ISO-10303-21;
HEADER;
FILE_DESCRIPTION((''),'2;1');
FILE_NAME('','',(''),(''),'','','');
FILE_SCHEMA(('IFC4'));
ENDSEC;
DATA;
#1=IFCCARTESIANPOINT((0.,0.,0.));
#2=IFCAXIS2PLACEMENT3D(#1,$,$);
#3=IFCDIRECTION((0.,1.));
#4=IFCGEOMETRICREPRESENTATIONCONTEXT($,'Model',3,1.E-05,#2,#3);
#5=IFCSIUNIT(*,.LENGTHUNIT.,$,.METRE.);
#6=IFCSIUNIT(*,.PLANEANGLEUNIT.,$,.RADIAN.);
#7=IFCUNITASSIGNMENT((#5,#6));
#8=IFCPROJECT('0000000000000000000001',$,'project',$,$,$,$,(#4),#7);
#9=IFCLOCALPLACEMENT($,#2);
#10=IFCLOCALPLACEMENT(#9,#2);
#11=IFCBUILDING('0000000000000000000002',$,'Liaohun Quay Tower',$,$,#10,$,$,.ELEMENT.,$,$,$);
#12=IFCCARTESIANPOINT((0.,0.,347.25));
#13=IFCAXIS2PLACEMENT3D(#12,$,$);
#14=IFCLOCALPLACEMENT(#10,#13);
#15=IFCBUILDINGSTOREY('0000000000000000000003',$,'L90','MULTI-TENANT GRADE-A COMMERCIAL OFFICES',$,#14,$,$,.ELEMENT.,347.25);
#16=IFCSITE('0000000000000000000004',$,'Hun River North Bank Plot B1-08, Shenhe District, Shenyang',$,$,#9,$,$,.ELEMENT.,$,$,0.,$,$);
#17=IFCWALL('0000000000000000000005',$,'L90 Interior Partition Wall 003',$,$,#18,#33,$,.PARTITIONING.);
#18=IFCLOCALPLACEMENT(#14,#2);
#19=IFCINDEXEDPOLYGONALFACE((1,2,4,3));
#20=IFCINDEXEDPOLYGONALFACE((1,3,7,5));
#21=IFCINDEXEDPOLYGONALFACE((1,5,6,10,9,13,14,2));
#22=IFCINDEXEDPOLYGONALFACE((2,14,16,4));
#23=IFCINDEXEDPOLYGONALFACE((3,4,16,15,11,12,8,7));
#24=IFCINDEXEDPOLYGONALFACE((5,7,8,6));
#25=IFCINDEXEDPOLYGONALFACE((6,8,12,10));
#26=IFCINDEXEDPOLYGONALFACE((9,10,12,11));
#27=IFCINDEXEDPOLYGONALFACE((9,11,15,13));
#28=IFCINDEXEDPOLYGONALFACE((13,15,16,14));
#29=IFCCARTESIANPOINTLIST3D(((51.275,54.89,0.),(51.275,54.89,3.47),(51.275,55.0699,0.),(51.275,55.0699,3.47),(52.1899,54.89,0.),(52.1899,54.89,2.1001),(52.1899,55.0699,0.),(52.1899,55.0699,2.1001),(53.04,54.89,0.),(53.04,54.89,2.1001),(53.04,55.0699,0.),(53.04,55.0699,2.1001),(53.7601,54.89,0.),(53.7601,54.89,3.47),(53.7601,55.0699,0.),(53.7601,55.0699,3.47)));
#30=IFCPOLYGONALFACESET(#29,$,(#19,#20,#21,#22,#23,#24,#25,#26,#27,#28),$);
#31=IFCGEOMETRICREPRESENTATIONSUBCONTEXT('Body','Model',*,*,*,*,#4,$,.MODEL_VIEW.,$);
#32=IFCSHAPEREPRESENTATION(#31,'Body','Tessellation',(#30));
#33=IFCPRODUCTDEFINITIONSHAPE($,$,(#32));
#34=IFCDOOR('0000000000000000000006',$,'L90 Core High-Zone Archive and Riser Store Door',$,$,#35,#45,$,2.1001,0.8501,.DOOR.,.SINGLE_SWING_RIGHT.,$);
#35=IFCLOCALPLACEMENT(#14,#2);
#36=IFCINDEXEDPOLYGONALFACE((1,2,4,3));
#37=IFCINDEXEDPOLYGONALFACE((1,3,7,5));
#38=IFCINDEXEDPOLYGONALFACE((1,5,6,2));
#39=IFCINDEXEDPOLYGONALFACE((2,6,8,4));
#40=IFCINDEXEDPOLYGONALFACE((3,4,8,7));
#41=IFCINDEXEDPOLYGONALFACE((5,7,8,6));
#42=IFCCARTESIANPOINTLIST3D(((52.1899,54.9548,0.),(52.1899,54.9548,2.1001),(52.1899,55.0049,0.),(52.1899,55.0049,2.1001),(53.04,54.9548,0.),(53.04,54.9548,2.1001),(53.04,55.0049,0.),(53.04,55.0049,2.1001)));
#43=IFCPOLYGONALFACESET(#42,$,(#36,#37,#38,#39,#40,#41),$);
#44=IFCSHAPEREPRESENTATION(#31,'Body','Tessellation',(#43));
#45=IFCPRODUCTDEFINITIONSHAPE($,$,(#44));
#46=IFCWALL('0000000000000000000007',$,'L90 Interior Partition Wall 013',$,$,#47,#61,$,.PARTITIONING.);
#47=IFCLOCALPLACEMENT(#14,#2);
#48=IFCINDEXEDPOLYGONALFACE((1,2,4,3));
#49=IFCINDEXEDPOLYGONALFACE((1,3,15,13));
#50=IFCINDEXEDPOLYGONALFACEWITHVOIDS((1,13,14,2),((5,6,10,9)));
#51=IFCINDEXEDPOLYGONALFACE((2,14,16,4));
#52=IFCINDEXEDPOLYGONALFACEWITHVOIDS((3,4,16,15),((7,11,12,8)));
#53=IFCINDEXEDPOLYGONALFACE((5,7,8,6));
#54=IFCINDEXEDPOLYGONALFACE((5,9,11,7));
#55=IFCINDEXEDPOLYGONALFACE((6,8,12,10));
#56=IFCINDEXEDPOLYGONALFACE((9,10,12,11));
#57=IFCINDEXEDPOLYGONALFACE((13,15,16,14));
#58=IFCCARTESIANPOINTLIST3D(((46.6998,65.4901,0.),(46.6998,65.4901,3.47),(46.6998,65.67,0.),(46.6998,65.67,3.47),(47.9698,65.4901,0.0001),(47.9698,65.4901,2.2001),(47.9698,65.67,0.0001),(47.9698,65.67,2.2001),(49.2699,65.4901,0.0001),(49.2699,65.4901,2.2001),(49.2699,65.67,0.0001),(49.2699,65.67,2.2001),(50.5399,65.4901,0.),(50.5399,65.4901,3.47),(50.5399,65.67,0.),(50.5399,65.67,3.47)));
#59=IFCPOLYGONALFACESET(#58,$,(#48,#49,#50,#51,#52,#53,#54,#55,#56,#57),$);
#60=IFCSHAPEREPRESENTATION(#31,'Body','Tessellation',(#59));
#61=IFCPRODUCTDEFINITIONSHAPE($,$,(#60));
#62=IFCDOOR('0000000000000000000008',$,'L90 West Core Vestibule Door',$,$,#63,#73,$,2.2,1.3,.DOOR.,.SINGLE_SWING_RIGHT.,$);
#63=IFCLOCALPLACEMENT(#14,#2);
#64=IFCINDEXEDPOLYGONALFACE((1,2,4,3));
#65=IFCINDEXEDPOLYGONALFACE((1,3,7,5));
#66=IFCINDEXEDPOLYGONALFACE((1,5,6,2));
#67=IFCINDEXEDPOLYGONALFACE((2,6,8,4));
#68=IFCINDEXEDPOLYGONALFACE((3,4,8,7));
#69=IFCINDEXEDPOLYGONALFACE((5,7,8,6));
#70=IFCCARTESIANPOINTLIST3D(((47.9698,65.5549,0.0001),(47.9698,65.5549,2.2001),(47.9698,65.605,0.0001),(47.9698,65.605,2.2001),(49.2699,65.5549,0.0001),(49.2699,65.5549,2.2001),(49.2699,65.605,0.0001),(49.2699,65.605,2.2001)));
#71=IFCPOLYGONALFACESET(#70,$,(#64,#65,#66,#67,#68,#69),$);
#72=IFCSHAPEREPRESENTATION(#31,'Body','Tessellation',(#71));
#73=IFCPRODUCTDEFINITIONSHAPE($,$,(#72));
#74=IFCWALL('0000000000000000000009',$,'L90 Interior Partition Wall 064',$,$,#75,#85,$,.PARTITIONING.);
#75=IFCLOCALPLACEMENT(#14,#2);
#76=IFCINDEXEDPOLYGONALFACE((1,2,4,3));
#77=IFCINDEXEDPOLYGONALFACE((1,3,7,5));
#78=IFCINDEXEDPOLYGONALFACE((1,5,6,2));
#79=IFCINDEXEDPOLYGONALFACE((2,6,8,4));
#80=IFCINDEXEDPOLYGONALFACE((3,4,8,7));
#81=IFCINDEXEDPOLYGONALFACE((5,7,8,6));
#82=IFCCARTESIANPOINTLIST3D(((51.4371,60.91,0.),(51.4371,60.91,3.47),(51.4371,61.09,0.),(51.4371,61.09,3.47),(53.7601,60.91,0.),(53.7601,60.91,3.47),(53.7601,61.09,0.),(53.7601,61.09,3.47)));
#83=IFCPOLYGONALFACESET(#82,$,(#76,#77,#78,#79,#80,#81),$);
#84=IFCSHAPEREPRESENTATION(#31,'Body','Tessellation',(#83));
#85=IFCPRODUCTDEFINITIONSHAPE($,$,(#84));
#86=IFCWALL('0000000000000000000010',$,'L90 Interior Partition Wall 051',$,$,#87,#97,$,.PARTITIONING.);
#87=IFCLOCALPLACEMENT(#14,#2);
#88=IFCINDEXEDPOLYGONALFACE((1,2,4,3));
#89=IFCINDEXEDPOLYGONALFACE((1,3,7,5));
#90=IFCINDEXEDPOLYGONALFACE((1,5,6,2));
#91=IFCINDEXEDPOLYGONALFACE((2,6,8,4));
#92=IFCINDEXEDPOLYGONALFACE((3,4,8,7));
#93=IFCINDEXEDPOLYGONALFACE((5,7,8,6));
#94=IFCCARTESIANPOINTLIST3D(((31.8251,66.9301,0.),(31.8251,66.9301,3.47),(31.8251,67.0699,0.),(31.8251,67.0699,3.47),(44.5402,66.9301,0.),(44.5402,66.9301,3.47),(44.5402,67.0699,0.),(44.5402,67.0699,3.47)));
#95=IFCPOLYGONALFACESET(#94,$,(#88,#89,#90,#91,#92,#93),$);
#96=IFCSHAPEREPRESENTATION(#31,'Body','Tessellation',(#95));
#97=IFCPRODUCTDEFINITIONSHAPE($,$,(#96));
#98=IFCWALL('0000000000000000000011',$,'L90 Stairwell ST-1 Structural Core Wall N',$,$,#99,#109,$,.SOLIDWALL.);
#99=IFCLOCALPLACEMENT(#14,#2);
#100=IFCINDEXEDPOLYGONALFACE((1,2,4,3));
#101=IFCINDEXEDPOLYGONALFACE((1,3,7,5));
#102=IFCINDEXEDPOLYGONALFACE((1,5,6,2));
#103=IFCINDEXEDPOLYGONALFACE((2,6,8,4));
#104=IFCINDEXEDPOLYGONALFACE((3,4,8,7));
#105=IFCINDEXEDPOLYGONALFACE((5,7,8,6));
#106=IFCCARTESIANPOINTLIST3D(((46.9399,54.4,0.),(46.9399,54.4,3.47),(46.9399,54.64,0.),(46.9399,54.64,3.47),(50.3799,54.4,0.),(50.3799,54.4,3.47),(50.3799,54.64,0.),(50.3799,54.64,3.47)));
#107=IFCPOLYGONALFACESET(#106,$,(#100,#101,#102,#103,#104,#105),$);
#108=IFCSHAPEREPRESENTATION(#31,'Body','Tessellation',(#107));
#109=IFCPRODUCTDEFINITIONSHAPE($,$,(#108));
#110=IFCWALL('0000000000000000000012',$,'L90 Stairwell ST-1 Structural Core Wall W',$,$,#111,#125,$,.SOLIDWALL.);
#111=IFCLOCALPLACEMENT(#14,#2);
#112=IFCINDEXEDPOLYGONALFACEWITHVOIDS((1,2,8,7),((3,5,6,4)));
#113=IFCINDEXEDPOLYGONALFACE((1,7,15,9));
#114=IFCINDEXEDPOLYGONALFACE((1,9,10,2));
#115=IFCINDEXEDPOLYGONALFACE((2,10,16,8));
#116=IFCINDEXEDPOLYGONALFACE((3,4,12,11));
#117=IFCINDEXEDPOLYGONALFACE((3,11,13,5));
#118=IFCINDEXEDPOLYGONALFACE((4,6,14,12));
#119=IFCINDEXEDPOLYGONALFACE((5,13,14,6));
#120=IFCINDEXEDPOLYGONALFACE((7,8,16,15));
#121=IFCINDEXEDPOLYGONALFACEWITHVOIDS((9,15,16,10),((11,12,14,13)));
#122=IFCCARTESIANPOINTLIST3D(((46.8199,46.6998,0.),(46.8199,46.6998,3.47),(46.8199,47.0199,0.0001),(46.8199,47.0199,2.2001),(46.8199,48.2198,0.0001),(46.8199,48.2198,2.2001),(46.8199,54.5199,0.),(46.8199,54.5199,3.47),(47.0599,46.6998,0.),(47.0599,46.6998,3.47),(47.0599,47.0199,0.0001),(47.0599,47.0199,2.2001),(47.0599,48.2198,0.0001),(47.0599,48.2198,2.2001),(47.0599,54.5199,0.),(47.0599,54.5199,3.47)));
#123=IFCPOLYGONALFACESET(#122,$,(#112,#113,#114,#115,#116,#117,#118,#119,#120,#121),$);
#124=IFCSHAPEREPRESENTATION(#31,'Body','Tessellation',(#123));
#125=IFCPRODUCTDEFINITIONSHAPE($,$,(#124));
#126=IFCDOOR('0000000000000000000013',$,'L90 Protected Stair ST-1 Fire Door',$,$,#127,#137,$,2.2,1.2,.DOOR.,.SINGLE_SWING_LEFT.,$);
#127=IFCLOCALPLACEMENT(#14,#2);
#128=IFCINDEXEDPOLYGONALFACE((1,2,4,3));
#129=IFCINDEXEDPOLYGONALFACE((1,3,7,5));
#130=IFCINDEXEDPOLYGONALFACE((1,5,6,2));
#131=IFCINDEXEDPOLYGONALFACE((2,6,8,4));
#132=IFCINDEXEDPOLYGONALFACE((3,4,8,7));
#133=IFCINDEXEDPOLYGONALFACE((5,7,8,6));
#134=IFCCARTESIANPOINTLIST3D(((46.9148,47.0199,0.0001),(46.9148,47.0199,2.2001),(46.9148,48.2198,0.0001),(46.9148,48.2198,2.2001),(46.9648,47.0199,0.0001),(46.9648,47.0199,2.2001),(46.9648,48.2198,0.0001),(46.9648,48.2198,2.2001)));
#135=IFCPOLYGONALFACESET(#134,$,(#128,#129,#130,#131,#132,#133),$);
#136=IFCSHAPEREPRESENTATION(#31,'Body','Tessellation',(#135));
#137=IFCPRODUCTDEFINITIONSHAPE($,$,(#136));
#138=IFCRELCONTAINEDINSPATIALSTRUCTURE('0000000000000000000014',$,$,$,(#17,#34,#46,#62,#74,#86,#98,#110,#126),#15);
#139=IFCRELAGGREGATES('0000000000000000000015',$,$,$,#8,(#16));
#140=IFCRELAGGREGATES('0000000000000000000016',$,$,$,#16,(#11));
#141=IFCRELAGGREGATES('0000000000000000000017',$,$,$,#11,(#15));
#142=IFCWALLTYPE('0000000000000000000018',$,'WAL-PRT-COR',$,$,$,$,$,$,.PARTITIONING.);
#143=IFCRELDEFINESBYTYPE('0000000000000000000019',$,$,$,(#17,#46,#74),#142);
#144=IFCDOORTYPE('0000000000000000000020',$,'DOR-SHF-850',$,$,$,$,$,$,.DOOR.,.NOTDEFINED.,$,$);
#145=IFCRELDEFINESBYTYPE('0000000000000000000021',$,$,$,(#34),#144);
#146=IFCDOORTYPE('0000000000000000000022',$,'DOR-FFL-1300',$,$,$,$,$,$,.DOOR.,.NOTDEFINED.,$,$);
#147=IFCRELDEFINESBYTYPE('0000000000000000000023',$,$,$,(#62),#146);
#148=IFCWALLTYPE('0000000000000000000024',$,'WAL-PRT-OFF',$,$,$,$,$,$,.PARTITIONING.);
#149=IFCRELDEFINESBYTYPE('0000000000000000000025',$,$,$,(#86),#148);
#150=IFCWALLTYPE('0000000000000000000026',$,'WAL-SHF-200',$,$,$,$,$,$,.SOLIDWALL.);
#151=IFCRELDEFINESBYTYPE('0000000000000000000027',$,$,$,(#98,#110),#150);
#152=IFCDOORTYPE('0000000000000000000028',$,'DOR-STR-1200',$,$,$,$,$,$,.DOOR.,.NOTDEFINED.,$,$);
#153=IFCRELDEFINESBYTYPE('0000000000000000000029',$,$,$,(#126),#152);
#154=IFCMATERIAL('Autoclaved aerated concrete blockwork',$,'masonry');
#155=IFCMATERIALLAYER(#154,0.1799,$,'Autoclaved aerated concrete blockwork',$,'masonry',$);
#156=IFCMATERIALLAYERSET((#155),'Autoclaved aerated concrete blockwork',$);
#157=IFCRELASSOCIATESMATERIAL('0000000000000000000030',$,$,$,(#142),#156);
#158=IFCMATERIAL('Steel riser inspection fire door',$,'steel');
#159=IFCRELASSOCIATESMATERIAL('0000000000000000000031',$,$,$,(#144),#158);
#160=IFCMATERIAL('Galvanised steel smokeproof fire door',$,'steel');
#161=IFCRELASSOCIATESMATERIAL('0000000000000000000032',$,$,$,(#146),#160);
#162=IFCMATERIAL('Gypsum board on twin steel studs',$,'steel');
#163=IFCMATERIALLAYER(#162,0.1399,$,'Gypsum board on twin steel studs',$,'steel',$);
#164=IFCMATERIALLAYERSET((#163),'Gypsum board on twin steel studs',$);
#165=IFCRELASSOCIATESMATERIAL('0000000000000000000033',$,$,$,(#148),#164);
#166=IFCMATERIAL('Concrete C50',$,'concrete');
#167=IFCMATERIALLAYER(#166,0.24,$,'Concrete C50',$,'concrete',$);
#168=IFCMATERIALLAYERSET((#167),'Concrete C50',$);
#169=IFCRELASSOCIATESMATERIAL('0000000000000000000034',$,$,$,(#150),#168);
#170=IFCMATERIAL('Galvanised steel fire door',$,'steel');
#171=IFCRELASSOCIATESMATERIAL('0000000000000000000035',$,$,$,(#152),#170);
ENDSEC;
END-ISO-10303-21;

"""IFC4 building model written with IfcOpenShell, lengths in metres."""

from ifc_helpers import new_model, si_unit, direction, frame, frame_2d, origin, place, context, subcontext, project, spatial, rectangle, extrude, source, transform, mapped, material, layer, layer_set, type_object, element, fill, save


model = new_model("IFC4")

# Units and contexts
model_context = context("Model", 3, precision=1e-05, world=origin(), true_north=direction((0.0, 1.0)))
body_context = subcontext(model_context, "Body", "Model", "MODEL_VIEW")
ifc_project = project(units=[si_unit("LENGTHUNIT", "METRE"), si_unit("PLANEANGLEUNIT", "RADIAN")], contexts=[model_context])

# Site, building, storey
site_placement = place(None, origin())
site = spatial("IfcSite", under=ifc_project, at=site_placement, Name="Hun River North Bank Plot B1-08, Shenhe District, Shenyang", CompositionType="ELEMENT", RefElevation=0.0)
building_placement = place(site_placement, origin())
building = spatial("IfcBuilding", under=site, at=building_placement, Name="Liaohun Quay Tower", CompositionType="ELEMENT")
storey_placement = place(building_placement, frame((0.0, 0.0, 347.25)))
storey = spatial("IfcBuildingStorey", under=building, at=storey_placement, Name="L90", Description="MULTI-TENANT GRADE-A COMMERCIAL OFFICES", CompositionType="ELEMENT", Elevation=347.25)

# Shared definitions
ifc_material_1 = material(Name="Concrete C50", Category="concrete")

# Walls, openings, doors
ifc_material_2 = material(Name="Autoclaved aerated concrete blockwork", Category="masonry")
ifc_layer_1 = layer(ifc_material_2, 0.1799, Name="Autoclaved aerated concrete blockwork", Category="masonry")
ifc_layer_set_1 = layer_set([ifc_layer_1], Name="Autoclaved aerated concrete blockwork")
wall_type_1 = type_object("IfcWallType", Name="WAL-PRT-COR", PredefinedType="PARTITIONING", material=ifc_layer_set_1)
wall_1_placement = place(storey_placement, frame((51.2749, 54.98, 0.0), z_axis=(0.0, 0.0, 1.0), x_axis=(1.0, 0.0, 0.0)))
wall_1 = element("IfcWall", 1, at=wall_1_placement, inside=storey, type_object=wall_type_1, Name="L90 Interior Partition Wall 003", PredefinedType="PARTITIONING", context=body_context, shape_type="SweptSolid", body=[
    extrude(rectangle(XDim=2.4851, YDim=0.1799, at=frame_2d((1.2427, 0.0))), origin(), (0.0, 0.0, 1.0), 3.47),
])
shared_shape_1 = source(origin(), body_context, "Body", "SweptSolid", [
    extrude(rectangle(XDim=0.8501, YDim=2.1001, at=frame_2d((0.425, 1.05))), frame((0.0, 0.0999, 0.0), z_axis=(0.0, -1.0, 0.0), x_axis=(1.0, 0.0, 0.0)), (0.0, 0.0, 1.0), 0.2),
])
opening_1_placement = place(wall_1_placement, frame((0.915, 0.0, 0.0)))
opening_1 = element("IfcOpeningElement", 2, at=opening_1_placement, cuts=wall_1, PredefinedType="OPENING", context=body_context, shape_type="MappedRepresentation", body=[
    mapped(shared_shape_1, transform((0.0, 0.0, 0.0), x_axis=(1.0, 0.0, 0.0), y_axis=(0.0, 1.0, 0.0), z_axis=(0.0, 0.0, 1.0), scale=1.0)),
])
ifc_material_3 = material(Name="Steel riser inspection fire door", Category="steel")
door_type_1 = type_object("IfcDoorType", Name="DOR-SHF-850", OperationType="NOTDEFINED", PredefinedType="DOOR", material=ifc_material_3)
shared_shape_2 = source(origin(), body_context, "Body", "SweptSolid", [
    extrude(rectangle(XDim=0.8501, YDim=2.1001, at=frame_2d((0.425, 1.05))), frame((0.0, 0.0249, 0.0), z_axis=(0.0, -1.0, 0.0), x_axis=(1.0, 0.0, 0.0)), (0.0, 0.0, 1.0), 0.05),
])
door_1_placement = place(opening_1_placement, origin())
door_1 = element("IfcDoor", 3, at=door_1_placement, inside=storey, type_object=door_type_1, Name="L90 Core High-Zone Archive and Riser Store Door", OperationType="SINGLE_SWING_RIGHT", OverallHeight=2.1001, OverallWidth=0.8501, PredefinedType="DOOR", context=body_context, shape_type="MappedRepresentation", body=[
    mapped(shared_shape_2, transform((0.0, 0.0, 0.0), x_axis=(1.0, 0.0, 0.0), y_axis=(0.0, 1.0, 0.0), z_axis=(0.0, 0.0, 1.0), scale=1.0)),
])
fill(opening_1, door_1)
wall_2_placement = place(storey_placement, frame((46.7, 65.5801, 0.0), z_axis=(0.0, 0.0, 1.0), x_axis=(1.0, 0.0, 0.0)))
wall_2 = element("IfcWall", 4, at=wall_2_placement, inside=storey, type_object=wall_type_1, Name="L90 Interior Partition Wall 013", PredefinedType="PARTITIONING", context=body_context, shape_type="SweptSolid", body=[
    extrude(rectangle(XDim=3.8401, YDim=0.1799, at=frame_2d((1.9199, 0.0))), origin(), (0.0, 0.0, 1.0), 3.47),
])
shared_shape_3 = source(origin(), body_context, "Body", "SweptSolid", [
    extrude(rectangle(XDim=1.3, YDim=2.2, at=frame_2d((0.6499, 1.1001))), frame((0.0, 0.0999, 0.0), z_axis=(0.0, -1.0, 0.0), x_axis=(1.0, 0.0, 0.0)), (0.0, 0.0, 1.0), 0.2),
])
opening_2_placement = place(wall_2_placement, frame((1.27, 0.0, 0.0)))
opening_2 = element("IfcOpeningElement", 5, at=opening_2_placement, cuts=wall_2, PredefinedType="OPENING", context=body_context, shape_type="MappedRepresentation", body=[
    mapped(shared_shape_3, transform((0.0, 0.0, 0.0), x_axis=(1.0, 0.0, 0.0), y_axis=(0.0, 1.0, 0.0), z_axis=(0.0, 0.0, 1.0), scale=1.0)),
])
ifc_material_4 = material(Name="Galvanised steel smokeproof fire door", Category="steel")
door_type_2 = type_object("IfcDoorType", Name="DOR-FFL-1300", OperationType="NOTDEFINED", PredefinedType="DOOR", material=ifc_material_4)
shared_shape_4 = source(origin(), body_context, "Body", "SweptSolid", [
    extrude(rectangle(XDim=1.3, YDim=2.2, at=frame_2d((0.6499, 1.1001))), frame((0.0, 0.0249, 0.0), z_axis=(0.0, -1.0, 0.0), x_axis=(1.0, 0.0, 0.0)), (0.0, 0.0, 1.0), 0.05),
])
door_2_placement = place(opening_2_placement, origin())
door_2 = element("IfcDoor", 6, at=door_2_placement, inside=storey, type_object=door_type_2, Name="L90 West Core Vestibule Door", OperationType="SINGLE_SWING_RIGHT", OverallHeight=2.2, OverallWidth=1.3, PredefinedType="DOOR", context=body_context, shape_type="MappedRepresentation", body=[
    mapped(shared_shape_4, transform((0.0, 0.0, 0.0), x_axis=(1.0, 0.0, 0.0), y_axis=(0.0, 1.0, 0.0), z_axis=(0.0, 0.0, 1.0), scale=1.0)),
])
fill(opening_2, door_2)

# Walls
wall_3_placement = place(storey_placement, frame((51.437, 61.0, 0.0), z_axis=(0.0, 0.0, 1.0), x_axis=(1.0, 0.0, 0.0)))
element("IfcWall", 7, at=wall_3_placement, inside=storey, type_object=wall_type_1, Name="L90 Interior Partition Wall 064", PredefinedType="PARTITIONING", context=body_context, shape_type="SweptSolid", body=[
    extrude(rectangle(XDim=2.323, YDim=0.1799, at=frame_2d((1.1616, 0.0))), origin(), (0.0, 0.0, 1.0), 3.47),
])
ifc_material_5 = material(Name="Gypsum board on twin steel studs", Category="steel")
ifc_layer_2 = layer(ifc_material_5, 0.1399, Name="Gypsum board on twin steel studs", Category="steel")
ifc_layer_set_2 = layer_set([ifc_layer_2], Name="Gypsum board on twin steel studs")
wall_type_2 = type_object("IfcWallType", Name="WAL-PRT-OFF", PredefinedType="PARTITIONING", material=ifc_layer_set_2)
wall_4_placement = place(storey_placement, frame((44.54, 67.0, 0.0), z_axis=(0.0, 0.0, 1.0), x_axis=(-1.0, 0.0, 0.0)))
element("IfcWall", 8, at=wall_4_placement, inside=storey, type_object=wall_type_2, Name="L90 Interior Partition Wall 051", PredefinedType="PARTITIONING", context=body_context, shape_type="SweptSolid", body=[
    extrude(rectangle(XDim=12.7151, YDim=0.1399, at=frame_2d((6.3574, 0.0))), origin(), (0.0, 0.0, 1.0), 3.47),
])
ifc_layer_3 = layer(ifc_material_1, 0.24, Name="Concrete C50", Category="concrete")
ifc_layer_set_3 = layer_set([ifc_layer_3], Name="Concrete C50")
wall_type_3 = type_object("IfcWallType", Name="WAL-SHF-200", PredefinedType="SOLIDWALL", material=ifc_layer_set_3)
wall_5_placement = place(storey_placement, frame((50.3799, 54.52, 0.0), z_axis=(0.0, 0.0, 1.0), x_axis=(-1.0, 0.0, 0.0)))
element("IfcWall", 9, at=wall_5_placement, inside=storey, type_object=wall_type_3, Name="L90 Stairwell ST-1 Structural Core Wall N", PredefinedType="SOLIDWALL", context=body_context, shape_type="SweptSolid", body=[
    extrude(rectangle(XDim=3.4399, YDim=0.24, at=frame_2d((1.72, 0.0))), origin(), (0.0, 0.0, 1.0), 3.47),
])

# Wall, opening, door
wall_6_placement = place(storey_placement, frame((46.9399, 54.52, 0.0), z_axis=(0.0, 0.0, 1.0), x_axis=(0.0, -1.0, 0.0)))
wall_6 = element("IfcWall", 10, at=wall_6_placement, inside=storey, type_object=wall_type_3, Name="L90 Stairwell ST-1 Structural Core Wall W", PredefinedType="SOLIDWALL", context=body_context, shape_type="SweptSolid", body=[
    extrude(rectangle(XDim=7.8201, YDim=0.24, at=frame_2d((3.9102, 0.0))), origin(), (0.0, 0.0, 1.0), 3.47),
])
shared_shape_5 = source(origin(), body_context, "Body", "SweptSolid", [
    extrude(rectangle(XDim=1.2, YDim=2.2, at=frame_2d((0.6001, 1.1001))), frame((0.0, 0.1299, 0.0), z_axis=(0.0, -1.0, 0.0), x_axis=(1.0, 0.0, 0.0)), (0.0, 0.0, 1.0), 0.26),
])
opening_3_placement = place(wall_6_placement, frame((6.3, 0.0, 0.0)))
opening_3 = element("IfcOpeningElement", 11, at=opening_3_placement, cuts=wall_6, PredefinedType="OPENING", context=body_context, shape_type="MappedRepresentation", body=[
    mapped(shared_shape_5, transform((0.0, 0.0, 0.0), x_axis=(1.0, 0.0, 0.0), y_axis=(0.0, 1.0, 0.0), z_axis=(0.0, 0.0, 1.0), scale=1.0)),
])
ifc_material_6 = material(Name="Galvanised steel fire door", Category="steel")
door_type_3 = type_object("IfcDoorType", Name="DOR-STR-1200", OperationType="NOTDEFINED", PredefinedType="DOOR", material=ifc_material_6)
shared_shape_6 = source(origin(), body_context, "Body", "SweptSolid", [
    extrude(rectangle(XDim=1.2, YDim=2.2, at=frame_2d((0.6001, 1.1001))), frame((0.0, 0.0249, 0.0), z_axis=(0.0, -1.0, 0.0), x_axis=(1.0, 0.0, 0.0)), (0.0, 0.0, 1.0), 0.05),
])
door_3_placement = place(opening_3_placement, origin())
door_3 = element("IfcDoor", 12, at=door_3_placement, inside=storey, type_object=door_type_3, Name="L90 Protected Stair ST-1 Fire Door", OperationType="SINGLE_SWING_LEFT", OverallHeight=2.2, OverallWidth=1.2, PredefinedType="DOOR", context=body_context, shape_type="MappedRepresentation", body=[
    mapped(shared_shape_6, transform((0.0, 0.0, 0.0), x_axis=(1.0, 0.0, 0.0), y_axis=(0.0, 1.0, 0.0), z_axis=(0.0, 0.0, 1.0), scale=1.0)),
])
fill(opening_3, door_3)

save(model, "model.ifc")
